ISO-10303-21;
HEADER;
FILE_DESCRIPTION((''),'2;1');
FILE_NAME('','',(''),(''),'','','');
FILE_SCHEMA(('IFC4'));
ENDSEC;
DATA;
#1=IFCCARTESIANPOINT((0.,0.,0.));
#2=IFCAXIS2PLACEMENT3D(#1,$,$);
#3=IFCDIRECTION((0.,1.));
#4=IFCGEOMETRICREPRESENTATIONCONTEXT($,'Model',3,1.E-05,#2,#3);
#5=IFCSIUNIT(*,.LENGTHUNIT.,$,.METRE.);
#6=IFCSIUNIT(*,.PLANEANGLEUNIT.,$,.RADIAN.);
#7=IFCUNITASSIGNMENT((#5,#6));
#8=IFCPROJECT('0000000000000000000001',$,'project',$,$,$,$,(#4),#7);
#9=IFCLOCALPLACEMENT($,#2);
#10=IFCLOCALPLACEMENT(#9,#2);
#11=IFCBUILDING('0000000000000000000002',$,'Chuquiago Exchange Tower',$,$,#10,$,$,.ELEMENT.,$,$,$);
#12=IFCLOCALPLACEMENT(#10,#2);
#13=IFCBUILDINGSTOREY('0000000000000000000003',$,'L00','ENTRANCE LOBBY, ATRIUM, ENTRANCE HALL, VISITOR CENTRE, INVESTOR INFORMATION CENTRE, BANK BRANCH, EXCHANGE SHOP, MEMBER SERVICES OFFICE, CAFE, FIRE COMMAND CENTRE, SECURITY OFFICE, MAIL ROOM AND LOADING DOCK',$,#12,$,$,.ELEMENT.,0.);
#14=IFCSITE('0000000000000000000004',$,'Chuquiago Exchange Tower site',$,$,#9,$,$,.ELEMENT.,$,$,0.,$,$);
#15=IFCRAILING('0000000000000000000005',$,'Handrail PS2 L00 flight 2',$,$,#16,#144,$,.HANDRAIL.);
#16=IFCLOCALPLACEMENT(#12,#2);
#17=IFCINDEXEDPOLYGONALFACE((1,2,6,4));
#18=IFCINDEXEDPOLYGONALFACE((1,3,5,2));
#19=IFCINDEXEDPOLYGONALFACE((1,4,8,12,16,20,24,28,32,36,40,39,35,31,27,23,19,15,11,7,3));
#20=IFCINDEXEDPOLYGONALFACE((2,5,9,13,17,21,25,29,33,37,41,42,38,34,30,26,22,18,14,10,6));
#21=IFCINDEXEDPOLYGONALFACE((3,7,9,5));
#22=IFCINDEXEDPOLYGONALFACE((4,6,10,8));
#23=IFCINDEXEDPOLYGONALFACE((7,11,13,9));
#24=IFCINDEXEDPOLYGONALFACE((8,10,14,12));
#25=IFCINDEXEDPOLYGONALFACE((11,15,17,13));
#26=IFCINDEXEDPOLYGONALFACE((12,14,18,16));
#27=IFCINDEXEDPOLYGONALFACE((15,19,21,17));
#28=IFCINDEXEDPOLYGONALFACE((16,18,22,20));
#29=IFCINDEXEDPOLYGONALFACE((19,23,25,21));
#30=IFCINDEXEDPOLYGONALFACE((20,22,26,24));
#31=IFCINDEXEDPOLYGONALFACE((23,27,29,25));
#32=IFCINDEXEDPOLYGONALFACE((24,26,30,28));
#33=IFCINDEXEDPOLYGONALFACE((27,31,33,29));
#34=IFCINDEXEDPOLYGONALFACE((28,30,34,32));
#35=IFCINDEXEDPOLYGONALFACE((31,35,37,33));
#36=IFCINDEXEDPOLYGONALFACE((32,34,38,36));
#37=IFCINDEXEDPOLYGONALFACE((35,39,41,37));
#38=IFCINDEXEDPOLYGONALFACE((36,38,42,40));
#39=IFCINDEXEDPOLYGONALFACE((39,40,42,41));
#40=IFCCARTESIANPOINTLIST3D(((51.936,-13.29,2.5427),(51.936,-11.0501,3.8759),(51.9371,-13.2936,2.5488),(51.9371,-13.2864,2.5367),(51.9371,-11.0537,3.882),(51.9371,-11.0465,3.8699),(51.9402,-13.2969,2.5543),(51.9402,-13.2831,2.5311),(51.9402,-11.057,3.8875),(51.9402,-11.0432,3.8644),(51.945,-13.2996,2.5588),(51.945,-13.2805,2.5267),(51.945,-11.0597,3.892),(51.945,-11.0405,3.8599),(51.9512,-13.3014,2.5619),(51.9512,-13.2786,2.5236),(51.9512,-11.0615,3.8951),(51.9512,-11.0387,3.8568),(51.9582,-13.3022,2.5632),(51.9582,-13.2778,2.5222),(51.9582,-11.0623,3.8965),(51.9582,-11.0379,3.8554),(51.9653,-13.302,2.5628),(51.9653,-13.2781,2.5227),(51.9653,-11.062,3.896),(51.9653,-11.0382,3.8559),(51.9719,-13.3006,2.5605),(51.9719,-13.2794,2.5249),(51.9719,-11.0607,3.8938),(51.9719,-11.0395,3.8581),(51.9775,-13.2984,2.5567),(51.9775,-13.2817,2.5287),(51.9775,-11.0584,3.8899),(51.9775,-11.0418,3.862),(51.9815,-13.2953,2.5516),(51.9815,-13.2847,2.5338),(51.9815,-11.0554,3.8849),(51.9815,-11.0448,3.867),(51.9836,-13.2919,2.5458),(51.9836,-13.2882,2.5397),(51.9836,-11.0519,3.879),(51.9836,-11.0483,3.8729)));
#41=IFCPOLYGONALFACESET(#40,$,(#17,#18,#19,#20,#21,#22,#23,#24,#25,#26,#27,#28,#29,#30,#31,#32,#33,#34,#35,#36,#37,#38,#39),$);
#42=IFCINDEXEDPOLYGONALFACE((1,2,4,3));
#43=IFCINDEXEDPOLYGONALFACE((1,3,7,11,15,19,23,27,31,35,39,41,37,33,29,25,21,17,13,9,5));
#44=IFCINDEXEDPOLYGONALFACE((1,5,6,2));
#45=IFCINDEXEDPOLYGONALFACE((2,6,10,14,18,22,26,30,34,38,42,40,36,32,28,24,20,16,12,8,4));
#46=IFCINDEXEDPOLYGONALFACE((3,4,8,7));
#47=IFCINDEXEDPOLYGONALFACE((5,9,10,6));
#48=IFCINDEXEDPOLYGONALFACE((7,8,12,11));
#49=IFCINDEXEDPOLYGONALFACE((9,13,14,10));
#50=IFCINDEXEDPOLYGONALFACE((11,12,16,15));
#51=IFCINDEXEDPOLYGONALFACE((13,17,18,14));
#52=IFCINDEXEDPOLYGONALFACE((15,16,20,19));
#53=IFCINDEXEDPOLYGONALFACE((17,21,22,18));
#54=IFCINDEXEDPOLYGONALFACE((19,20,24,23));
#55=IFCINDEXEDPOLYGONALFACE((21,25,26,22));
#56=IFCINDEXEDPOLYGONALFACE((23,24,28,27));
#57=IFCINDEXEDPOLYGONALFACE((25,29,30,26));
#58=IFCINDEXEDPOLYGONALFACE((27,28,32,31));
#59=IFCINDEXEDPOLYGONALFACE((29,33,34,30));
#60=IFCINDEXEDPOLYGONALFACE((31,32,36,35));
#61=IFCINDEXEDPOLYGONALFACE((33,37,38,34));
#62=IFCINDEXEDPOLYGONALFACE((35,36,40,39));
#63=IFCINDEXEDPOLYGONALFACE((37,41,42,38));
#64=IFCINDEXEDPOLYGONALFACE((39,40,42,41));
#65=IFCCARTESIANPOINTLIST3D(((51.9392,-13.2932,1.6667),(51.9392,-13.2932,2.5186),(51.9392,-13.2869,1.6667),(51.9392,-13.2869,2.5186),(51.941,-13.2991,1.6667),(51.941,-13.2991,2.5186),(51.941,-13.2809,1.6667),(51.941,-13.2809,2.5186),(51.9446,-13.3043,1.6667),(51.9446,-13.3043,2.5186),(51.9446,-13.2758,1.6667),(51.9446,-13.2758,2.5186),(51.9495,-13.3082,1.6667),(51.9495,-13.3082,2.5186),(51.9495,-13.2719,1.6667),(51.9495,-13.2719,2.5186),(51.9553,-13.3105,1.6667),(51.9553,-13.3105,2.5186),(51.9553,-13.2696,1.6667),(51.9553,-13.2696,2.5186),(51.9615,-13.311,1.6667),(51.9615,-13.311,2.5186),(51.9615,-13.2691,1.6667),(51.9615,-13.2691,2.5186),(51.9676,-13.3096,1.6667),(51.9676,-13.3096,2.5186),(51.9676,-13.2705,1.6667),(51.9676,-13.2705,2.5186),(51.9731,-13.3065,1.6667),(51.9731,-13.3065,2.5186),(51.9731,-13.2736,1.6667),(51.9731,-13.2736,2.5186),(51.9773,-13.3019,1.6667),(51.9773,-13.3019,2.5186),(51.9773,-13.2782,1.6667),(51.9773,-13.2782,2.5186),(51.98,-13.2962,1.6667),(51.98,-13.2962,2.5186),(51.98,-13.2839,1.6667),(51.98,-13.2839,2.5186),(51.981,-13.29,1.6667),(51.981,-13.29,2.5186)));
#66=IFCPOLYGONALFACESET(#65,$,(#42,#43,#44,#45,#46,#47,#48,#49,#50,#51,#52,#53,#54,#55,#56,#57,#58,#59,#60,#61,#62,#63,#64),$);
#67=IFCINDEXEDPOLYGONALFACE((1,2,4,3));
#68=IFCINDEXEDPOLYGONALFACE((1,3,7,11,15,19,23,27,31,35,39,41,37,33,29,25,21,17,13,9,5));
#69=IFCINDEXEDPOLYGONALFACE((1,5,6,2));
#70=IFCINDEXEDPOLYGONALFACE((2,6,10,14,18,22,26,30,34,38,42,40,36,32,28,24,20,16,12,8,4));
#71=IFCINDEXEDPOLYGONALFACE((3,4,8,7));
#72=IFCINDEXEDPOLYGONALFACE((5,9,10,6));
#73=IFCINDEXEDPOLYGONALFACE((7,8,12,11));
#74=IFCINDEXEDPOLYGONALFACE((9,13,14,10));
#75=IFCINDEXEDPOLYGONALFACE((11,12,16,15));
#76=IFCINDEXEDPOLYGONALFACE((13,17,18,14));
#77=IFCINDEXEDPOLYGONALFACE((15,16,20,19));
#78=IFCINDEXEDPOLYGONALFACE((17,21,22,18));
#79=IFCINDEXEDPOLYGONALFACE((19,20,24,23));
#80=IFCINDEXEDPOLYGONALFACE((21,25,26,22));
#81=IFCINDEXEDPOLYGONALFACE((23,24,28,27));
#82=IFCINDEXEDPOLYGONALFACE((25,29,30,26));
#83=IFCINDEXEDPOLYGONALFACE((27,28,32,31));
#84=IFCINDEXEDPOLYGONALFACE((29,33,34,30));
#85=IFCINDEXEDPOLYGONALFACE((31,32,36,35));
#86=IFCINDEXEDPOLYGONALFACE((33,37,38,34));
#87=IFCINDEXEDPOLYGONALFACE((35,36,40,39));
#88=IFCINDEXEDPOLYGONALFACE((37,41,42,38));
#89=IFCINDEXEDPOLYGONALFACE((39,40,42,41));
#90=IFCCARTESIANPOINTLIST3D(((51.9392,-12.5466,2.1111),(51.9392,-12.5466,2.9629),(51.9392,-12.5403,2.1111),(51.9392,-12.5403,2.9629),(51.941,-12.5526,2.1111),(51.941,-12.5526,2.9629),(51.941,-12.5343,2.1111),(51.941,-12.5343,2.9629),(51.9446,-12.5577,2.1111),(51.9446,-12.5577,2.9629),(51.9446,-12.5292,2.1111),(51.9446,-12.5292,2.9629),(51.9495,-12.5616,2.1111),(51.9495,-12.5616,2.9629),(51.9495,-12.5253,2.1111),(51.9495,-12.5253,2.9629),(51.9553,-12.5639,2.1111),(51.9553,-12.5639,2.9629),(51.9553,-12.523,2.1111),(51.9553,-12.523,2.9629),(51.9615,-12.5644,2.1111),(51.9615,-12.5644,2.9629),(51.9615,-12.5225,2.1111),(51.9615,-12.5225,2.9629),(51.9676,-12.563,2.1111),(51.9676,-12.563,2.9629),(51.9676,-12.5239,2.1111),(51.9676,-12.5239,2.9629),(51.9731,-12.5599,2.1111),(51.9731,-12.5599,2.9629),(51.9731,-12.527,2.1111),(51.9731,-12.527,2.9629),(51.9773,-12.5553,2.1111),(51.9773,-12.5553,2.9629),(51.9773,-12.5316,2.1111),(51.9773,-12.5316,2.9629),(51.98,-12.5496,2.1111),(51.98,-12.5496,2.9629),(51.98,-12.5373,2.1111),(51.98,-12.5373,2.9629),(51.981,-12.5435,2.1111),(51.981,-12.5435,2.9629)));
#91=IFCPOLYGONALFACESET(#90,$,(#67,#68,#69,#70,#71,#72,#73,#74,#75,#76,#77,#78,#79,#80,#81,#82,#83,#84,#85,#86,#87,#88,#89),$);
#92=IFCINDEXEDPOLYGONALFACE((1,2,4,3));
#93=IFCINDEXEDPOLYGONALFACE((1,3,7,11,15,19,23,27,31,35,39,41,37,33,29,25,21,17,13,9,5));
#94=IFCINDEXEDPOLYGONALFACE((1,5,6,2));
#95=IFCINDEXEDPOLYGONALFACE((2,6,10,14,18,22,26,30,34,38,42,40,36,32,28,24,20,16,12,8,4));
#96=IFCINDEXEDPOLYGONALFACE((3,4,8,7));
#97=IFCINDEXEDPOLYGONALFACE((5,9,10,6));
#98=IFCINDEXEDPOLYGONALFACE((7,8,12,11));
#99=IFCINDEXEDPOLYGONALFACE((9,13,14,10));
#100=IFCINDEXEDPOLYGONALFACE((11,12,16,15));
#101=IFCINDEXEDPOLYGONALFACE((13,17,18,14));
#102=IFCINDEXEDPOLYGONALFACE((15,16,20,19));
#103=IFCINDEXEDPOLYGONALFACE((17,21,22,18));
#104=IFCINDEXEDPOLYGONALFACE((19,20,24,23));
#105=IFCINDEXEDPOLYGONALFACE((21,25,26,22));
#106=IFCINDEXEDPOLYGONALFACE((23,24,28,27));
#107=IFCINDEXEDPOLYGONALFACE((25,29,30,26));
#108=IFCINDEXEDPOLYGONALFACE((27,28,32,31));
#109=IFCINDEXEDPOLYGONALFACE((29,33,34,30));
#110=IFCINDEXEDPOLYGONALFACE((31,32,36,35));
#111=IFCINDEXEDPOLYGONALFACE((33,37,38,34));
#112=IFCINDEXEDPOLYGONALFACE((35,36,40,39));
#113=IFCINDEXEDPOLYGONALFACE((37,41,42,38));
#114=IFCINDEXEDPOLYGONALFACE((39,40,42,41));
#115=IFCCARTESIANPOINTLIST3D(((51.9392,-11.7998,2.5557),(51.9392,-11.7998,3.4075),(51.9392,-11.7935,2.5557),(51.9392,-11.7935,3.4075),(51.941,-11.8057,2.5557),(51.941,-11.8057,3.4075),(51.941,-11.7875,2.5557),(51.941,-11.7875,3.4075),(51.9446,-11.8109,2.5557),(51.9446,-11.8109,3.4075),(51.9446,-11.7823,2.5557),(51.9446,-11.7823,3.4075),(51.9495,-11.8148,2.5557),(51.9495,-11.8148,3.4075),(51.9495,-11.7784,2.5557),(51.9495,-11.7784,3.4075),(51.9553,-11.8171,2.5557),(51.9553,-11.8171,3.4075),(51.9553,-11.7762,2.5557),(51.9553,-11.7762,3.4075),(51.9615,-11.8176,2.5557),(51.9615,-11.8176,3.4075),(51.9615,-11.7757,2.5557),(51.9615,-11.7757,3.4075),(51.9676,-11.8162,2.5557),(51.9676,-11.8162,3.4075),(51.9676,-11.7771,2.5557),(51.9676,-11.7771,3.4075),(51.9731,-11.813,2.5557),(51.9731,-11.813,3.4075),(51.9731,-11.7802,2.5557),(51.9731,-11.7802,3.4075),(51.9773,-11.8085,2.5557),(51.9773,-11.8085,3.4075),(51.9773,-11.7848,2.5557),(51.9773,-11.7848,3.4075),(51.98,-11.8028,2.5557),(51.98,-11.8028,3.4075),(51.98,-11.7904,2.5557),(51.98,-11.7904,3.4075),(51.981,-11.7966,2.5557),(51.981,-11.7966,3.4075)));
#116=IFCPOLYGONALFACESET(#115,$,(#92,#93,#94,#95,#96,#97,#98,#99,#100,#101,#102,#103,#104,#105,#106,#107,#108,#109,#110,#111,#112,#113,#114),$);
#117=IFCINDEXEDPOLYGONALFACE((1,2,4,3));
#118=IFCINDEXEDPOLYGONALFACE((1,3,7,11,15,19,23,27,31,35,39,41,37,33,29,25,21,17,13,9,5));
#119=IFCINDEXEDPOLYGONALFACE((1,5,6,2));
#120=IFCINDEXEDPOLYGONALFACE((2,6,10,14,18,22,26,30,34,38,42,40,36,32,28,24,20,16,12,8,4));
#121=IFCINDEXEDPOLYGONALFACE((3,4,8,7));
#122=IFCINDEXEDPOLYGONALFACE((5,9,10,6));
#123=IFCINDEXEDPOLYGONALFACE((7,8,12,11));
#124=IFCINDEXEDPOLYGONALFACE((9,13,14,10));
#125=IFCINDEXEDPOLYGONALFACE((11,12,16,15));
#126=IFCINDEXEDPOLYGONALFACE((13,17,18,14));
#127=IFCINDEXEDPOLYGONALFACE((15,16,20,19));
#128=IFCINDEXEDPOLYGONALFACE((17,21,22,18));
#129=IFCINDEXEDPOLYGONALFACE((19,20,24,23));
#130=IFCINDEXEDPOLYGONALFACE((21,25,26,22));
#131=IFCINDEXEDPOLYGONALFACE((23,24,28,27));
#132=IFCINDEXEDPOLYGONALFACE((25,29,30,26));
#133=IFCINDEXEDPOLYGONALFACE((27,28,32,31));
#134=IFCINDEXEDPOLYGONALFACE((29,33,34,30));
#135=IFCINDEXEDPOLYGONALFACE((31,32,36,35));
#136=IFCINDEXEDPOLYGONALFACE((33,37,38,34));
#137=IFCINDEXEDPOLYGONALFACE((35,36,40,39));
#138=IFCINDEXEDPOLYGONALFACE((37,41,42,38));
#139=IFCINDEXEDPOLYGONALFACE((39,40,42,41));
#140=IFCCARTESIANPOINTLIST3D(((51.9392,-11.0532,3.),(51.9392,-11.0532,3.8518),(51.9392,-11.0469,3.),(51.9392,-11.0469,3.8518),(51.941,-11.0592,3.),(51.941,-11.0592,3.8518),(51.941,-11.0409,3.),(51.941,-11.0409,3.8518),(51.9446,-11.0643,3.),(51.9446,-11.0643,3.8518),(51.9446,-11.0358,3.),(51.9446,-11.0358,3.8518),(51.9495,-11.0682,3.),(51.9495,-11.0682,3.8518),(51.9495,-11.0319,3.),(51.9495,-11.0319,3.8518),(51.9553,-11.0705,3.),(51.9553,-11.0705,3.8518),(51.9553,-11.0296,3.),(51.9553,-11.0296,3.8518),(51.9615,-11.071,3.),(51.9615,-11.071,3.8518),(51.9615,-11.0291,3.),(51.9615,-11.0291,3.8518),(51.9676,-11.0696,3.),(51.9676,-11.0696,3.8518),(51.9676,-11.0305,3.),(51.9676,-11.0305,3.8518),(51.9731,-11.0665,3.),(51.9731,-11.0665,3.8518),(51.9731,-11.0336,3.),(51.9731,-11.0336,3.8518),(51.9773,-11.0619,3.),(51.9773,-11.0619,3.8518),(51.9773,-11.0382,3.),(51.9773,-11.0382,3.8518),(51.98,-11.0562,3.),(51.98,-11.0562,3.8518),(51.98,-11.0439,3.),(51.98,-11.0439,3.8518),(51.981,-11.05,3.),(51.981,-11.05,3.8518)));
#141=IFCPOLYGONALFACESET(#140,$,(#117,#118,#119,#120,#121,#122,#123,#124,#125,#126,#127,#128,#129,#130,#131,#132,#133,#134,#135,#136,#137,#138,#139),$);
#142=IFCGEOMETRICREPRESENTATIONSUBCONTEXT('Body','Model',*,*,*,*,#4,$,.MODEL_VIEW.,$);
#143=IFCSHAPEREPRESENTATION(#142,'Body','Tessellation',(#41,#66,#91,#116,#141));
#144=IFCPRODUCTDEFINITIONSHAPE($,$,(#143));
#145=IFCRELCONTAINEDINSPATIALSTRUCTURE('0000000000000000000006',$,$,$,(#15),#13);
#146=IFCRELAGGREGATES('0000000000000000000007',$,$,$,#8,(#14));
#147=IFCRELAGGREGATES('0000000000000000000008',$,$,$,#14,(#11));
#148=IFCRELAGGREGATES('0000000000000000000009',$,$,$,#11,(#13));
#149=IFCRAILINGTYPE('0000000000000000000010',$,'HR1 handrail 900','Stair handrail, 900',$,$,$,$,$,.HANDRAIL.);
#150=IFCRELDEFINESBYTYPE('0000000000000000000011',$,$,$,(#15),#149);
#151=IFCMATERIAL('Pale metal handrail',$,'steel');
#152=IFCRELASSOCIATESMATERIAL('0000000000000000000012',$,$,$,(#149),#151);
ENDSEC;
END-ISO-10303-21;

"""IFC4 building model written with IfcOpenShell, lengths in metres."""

from ifc_helpers import new_model, si_unit, direction, frame, origin, origin_2d, place, context, subcontext, project, spatial, circle, extrude, material, type_object, element, save


model = new_model("IFC4")

# Units and contexts
model_context = context("Model", 3, precision=1e-05, world=origin(), true_north=direction((0.0, 1.0)))
body_context = subcontext(model_context, "Body", "Model", "MODEL_VIEW")
ifc_project = project(units=[si_unit("LENGTHUNIT", "METRE"), si_unit("PLANEANGLEUNIT", "RADIAN")], contexts=[model_context])

# Site, building, storey
site_placement = place(None, origin())
site = spatial("IfcSite", under=ifc_project, at=site_placement, Name="Chuquiago Exchange Tower site", CompositionType="ELEMENT", RefElevation=0.0)
building_placement = place(site_placement, origin())
building = spatial("IfcBuilding", under=site, at=building_placement, Name="Chuquiago Exchange Tower", CompositionType="ELEMENT")
storey_placement = place(building_placement, origin())
storey = spatial("IfcBuildingStorey", under=building, at=storey_placement, Name="L00", Description="ENTRANCE LOBBY, ATRIUM, ENTRANCE HALL, VISITOR CENTRE, INVESTOR INFORMATION CENTRE, BANK BRANCH, EXCHANGE SHOP, MEMBER SERVICES OFFICE, CAFE, FIRE COMMAND CENTRE, SECURITY OFFICE, MAIL ROOM AND LOADING DOCK", CompositionType="ELEMENT", Elevation=0.0)

# Railing
ifc_material_1 = material(Name="Pale metal handrail", Category="steel")
railing_type = type_object("IfcRailingType", Name="HR1 handrail 900", Description="Stair handrail, 900", PredefinedType="HANDRAIL", material=ifc_material_1)
for number, where, name in (
    (1, (51.96, -13.29, 1.6667), "Handrail PS2 L00 flight 2"),
):
    element("IfcRailing", number, at=place(storey_placement, frame(where)), inside=storey, type_object=railing_type, Name=name, PredefinedType="HANDRAIL", context=body_context, shape_type="SweptSolid", body=[
        extrude(circle(Radius=0.0239, at=origin_2d()), frame((0.0, 0.0, 0.876), z_axis=(0.0, 0.859306, 0.511462), x_axis=(-1.0, 0.0, 0.0)), (0.0, 0.0, 1.0), 2.6067),
        extrude(circle(Radius=0.021, at=origin_2d()), origin(), (0.0, 0.0, 1.0), 0.8518),
        extrude(circle(Radius=0.021, at=origin_2d()), frame((0.0, 0.7466, 0.4443)), (0.0, 0.0, 1.0), 0.8518),
        extrude(circle(Radius=0.021, at=origin_2d()), frame((0.0, 1.4934, 0.8889)), (0.0, 0.0, 1.0), 0.8518),
        extrude(circle(Radius=0.021, at=origin_2d()), frame((0.0, 2.24, 1.3333)), (0.0, 0.0, 1.0), 0.8518),
    ])

save(model, "model.ifc")
